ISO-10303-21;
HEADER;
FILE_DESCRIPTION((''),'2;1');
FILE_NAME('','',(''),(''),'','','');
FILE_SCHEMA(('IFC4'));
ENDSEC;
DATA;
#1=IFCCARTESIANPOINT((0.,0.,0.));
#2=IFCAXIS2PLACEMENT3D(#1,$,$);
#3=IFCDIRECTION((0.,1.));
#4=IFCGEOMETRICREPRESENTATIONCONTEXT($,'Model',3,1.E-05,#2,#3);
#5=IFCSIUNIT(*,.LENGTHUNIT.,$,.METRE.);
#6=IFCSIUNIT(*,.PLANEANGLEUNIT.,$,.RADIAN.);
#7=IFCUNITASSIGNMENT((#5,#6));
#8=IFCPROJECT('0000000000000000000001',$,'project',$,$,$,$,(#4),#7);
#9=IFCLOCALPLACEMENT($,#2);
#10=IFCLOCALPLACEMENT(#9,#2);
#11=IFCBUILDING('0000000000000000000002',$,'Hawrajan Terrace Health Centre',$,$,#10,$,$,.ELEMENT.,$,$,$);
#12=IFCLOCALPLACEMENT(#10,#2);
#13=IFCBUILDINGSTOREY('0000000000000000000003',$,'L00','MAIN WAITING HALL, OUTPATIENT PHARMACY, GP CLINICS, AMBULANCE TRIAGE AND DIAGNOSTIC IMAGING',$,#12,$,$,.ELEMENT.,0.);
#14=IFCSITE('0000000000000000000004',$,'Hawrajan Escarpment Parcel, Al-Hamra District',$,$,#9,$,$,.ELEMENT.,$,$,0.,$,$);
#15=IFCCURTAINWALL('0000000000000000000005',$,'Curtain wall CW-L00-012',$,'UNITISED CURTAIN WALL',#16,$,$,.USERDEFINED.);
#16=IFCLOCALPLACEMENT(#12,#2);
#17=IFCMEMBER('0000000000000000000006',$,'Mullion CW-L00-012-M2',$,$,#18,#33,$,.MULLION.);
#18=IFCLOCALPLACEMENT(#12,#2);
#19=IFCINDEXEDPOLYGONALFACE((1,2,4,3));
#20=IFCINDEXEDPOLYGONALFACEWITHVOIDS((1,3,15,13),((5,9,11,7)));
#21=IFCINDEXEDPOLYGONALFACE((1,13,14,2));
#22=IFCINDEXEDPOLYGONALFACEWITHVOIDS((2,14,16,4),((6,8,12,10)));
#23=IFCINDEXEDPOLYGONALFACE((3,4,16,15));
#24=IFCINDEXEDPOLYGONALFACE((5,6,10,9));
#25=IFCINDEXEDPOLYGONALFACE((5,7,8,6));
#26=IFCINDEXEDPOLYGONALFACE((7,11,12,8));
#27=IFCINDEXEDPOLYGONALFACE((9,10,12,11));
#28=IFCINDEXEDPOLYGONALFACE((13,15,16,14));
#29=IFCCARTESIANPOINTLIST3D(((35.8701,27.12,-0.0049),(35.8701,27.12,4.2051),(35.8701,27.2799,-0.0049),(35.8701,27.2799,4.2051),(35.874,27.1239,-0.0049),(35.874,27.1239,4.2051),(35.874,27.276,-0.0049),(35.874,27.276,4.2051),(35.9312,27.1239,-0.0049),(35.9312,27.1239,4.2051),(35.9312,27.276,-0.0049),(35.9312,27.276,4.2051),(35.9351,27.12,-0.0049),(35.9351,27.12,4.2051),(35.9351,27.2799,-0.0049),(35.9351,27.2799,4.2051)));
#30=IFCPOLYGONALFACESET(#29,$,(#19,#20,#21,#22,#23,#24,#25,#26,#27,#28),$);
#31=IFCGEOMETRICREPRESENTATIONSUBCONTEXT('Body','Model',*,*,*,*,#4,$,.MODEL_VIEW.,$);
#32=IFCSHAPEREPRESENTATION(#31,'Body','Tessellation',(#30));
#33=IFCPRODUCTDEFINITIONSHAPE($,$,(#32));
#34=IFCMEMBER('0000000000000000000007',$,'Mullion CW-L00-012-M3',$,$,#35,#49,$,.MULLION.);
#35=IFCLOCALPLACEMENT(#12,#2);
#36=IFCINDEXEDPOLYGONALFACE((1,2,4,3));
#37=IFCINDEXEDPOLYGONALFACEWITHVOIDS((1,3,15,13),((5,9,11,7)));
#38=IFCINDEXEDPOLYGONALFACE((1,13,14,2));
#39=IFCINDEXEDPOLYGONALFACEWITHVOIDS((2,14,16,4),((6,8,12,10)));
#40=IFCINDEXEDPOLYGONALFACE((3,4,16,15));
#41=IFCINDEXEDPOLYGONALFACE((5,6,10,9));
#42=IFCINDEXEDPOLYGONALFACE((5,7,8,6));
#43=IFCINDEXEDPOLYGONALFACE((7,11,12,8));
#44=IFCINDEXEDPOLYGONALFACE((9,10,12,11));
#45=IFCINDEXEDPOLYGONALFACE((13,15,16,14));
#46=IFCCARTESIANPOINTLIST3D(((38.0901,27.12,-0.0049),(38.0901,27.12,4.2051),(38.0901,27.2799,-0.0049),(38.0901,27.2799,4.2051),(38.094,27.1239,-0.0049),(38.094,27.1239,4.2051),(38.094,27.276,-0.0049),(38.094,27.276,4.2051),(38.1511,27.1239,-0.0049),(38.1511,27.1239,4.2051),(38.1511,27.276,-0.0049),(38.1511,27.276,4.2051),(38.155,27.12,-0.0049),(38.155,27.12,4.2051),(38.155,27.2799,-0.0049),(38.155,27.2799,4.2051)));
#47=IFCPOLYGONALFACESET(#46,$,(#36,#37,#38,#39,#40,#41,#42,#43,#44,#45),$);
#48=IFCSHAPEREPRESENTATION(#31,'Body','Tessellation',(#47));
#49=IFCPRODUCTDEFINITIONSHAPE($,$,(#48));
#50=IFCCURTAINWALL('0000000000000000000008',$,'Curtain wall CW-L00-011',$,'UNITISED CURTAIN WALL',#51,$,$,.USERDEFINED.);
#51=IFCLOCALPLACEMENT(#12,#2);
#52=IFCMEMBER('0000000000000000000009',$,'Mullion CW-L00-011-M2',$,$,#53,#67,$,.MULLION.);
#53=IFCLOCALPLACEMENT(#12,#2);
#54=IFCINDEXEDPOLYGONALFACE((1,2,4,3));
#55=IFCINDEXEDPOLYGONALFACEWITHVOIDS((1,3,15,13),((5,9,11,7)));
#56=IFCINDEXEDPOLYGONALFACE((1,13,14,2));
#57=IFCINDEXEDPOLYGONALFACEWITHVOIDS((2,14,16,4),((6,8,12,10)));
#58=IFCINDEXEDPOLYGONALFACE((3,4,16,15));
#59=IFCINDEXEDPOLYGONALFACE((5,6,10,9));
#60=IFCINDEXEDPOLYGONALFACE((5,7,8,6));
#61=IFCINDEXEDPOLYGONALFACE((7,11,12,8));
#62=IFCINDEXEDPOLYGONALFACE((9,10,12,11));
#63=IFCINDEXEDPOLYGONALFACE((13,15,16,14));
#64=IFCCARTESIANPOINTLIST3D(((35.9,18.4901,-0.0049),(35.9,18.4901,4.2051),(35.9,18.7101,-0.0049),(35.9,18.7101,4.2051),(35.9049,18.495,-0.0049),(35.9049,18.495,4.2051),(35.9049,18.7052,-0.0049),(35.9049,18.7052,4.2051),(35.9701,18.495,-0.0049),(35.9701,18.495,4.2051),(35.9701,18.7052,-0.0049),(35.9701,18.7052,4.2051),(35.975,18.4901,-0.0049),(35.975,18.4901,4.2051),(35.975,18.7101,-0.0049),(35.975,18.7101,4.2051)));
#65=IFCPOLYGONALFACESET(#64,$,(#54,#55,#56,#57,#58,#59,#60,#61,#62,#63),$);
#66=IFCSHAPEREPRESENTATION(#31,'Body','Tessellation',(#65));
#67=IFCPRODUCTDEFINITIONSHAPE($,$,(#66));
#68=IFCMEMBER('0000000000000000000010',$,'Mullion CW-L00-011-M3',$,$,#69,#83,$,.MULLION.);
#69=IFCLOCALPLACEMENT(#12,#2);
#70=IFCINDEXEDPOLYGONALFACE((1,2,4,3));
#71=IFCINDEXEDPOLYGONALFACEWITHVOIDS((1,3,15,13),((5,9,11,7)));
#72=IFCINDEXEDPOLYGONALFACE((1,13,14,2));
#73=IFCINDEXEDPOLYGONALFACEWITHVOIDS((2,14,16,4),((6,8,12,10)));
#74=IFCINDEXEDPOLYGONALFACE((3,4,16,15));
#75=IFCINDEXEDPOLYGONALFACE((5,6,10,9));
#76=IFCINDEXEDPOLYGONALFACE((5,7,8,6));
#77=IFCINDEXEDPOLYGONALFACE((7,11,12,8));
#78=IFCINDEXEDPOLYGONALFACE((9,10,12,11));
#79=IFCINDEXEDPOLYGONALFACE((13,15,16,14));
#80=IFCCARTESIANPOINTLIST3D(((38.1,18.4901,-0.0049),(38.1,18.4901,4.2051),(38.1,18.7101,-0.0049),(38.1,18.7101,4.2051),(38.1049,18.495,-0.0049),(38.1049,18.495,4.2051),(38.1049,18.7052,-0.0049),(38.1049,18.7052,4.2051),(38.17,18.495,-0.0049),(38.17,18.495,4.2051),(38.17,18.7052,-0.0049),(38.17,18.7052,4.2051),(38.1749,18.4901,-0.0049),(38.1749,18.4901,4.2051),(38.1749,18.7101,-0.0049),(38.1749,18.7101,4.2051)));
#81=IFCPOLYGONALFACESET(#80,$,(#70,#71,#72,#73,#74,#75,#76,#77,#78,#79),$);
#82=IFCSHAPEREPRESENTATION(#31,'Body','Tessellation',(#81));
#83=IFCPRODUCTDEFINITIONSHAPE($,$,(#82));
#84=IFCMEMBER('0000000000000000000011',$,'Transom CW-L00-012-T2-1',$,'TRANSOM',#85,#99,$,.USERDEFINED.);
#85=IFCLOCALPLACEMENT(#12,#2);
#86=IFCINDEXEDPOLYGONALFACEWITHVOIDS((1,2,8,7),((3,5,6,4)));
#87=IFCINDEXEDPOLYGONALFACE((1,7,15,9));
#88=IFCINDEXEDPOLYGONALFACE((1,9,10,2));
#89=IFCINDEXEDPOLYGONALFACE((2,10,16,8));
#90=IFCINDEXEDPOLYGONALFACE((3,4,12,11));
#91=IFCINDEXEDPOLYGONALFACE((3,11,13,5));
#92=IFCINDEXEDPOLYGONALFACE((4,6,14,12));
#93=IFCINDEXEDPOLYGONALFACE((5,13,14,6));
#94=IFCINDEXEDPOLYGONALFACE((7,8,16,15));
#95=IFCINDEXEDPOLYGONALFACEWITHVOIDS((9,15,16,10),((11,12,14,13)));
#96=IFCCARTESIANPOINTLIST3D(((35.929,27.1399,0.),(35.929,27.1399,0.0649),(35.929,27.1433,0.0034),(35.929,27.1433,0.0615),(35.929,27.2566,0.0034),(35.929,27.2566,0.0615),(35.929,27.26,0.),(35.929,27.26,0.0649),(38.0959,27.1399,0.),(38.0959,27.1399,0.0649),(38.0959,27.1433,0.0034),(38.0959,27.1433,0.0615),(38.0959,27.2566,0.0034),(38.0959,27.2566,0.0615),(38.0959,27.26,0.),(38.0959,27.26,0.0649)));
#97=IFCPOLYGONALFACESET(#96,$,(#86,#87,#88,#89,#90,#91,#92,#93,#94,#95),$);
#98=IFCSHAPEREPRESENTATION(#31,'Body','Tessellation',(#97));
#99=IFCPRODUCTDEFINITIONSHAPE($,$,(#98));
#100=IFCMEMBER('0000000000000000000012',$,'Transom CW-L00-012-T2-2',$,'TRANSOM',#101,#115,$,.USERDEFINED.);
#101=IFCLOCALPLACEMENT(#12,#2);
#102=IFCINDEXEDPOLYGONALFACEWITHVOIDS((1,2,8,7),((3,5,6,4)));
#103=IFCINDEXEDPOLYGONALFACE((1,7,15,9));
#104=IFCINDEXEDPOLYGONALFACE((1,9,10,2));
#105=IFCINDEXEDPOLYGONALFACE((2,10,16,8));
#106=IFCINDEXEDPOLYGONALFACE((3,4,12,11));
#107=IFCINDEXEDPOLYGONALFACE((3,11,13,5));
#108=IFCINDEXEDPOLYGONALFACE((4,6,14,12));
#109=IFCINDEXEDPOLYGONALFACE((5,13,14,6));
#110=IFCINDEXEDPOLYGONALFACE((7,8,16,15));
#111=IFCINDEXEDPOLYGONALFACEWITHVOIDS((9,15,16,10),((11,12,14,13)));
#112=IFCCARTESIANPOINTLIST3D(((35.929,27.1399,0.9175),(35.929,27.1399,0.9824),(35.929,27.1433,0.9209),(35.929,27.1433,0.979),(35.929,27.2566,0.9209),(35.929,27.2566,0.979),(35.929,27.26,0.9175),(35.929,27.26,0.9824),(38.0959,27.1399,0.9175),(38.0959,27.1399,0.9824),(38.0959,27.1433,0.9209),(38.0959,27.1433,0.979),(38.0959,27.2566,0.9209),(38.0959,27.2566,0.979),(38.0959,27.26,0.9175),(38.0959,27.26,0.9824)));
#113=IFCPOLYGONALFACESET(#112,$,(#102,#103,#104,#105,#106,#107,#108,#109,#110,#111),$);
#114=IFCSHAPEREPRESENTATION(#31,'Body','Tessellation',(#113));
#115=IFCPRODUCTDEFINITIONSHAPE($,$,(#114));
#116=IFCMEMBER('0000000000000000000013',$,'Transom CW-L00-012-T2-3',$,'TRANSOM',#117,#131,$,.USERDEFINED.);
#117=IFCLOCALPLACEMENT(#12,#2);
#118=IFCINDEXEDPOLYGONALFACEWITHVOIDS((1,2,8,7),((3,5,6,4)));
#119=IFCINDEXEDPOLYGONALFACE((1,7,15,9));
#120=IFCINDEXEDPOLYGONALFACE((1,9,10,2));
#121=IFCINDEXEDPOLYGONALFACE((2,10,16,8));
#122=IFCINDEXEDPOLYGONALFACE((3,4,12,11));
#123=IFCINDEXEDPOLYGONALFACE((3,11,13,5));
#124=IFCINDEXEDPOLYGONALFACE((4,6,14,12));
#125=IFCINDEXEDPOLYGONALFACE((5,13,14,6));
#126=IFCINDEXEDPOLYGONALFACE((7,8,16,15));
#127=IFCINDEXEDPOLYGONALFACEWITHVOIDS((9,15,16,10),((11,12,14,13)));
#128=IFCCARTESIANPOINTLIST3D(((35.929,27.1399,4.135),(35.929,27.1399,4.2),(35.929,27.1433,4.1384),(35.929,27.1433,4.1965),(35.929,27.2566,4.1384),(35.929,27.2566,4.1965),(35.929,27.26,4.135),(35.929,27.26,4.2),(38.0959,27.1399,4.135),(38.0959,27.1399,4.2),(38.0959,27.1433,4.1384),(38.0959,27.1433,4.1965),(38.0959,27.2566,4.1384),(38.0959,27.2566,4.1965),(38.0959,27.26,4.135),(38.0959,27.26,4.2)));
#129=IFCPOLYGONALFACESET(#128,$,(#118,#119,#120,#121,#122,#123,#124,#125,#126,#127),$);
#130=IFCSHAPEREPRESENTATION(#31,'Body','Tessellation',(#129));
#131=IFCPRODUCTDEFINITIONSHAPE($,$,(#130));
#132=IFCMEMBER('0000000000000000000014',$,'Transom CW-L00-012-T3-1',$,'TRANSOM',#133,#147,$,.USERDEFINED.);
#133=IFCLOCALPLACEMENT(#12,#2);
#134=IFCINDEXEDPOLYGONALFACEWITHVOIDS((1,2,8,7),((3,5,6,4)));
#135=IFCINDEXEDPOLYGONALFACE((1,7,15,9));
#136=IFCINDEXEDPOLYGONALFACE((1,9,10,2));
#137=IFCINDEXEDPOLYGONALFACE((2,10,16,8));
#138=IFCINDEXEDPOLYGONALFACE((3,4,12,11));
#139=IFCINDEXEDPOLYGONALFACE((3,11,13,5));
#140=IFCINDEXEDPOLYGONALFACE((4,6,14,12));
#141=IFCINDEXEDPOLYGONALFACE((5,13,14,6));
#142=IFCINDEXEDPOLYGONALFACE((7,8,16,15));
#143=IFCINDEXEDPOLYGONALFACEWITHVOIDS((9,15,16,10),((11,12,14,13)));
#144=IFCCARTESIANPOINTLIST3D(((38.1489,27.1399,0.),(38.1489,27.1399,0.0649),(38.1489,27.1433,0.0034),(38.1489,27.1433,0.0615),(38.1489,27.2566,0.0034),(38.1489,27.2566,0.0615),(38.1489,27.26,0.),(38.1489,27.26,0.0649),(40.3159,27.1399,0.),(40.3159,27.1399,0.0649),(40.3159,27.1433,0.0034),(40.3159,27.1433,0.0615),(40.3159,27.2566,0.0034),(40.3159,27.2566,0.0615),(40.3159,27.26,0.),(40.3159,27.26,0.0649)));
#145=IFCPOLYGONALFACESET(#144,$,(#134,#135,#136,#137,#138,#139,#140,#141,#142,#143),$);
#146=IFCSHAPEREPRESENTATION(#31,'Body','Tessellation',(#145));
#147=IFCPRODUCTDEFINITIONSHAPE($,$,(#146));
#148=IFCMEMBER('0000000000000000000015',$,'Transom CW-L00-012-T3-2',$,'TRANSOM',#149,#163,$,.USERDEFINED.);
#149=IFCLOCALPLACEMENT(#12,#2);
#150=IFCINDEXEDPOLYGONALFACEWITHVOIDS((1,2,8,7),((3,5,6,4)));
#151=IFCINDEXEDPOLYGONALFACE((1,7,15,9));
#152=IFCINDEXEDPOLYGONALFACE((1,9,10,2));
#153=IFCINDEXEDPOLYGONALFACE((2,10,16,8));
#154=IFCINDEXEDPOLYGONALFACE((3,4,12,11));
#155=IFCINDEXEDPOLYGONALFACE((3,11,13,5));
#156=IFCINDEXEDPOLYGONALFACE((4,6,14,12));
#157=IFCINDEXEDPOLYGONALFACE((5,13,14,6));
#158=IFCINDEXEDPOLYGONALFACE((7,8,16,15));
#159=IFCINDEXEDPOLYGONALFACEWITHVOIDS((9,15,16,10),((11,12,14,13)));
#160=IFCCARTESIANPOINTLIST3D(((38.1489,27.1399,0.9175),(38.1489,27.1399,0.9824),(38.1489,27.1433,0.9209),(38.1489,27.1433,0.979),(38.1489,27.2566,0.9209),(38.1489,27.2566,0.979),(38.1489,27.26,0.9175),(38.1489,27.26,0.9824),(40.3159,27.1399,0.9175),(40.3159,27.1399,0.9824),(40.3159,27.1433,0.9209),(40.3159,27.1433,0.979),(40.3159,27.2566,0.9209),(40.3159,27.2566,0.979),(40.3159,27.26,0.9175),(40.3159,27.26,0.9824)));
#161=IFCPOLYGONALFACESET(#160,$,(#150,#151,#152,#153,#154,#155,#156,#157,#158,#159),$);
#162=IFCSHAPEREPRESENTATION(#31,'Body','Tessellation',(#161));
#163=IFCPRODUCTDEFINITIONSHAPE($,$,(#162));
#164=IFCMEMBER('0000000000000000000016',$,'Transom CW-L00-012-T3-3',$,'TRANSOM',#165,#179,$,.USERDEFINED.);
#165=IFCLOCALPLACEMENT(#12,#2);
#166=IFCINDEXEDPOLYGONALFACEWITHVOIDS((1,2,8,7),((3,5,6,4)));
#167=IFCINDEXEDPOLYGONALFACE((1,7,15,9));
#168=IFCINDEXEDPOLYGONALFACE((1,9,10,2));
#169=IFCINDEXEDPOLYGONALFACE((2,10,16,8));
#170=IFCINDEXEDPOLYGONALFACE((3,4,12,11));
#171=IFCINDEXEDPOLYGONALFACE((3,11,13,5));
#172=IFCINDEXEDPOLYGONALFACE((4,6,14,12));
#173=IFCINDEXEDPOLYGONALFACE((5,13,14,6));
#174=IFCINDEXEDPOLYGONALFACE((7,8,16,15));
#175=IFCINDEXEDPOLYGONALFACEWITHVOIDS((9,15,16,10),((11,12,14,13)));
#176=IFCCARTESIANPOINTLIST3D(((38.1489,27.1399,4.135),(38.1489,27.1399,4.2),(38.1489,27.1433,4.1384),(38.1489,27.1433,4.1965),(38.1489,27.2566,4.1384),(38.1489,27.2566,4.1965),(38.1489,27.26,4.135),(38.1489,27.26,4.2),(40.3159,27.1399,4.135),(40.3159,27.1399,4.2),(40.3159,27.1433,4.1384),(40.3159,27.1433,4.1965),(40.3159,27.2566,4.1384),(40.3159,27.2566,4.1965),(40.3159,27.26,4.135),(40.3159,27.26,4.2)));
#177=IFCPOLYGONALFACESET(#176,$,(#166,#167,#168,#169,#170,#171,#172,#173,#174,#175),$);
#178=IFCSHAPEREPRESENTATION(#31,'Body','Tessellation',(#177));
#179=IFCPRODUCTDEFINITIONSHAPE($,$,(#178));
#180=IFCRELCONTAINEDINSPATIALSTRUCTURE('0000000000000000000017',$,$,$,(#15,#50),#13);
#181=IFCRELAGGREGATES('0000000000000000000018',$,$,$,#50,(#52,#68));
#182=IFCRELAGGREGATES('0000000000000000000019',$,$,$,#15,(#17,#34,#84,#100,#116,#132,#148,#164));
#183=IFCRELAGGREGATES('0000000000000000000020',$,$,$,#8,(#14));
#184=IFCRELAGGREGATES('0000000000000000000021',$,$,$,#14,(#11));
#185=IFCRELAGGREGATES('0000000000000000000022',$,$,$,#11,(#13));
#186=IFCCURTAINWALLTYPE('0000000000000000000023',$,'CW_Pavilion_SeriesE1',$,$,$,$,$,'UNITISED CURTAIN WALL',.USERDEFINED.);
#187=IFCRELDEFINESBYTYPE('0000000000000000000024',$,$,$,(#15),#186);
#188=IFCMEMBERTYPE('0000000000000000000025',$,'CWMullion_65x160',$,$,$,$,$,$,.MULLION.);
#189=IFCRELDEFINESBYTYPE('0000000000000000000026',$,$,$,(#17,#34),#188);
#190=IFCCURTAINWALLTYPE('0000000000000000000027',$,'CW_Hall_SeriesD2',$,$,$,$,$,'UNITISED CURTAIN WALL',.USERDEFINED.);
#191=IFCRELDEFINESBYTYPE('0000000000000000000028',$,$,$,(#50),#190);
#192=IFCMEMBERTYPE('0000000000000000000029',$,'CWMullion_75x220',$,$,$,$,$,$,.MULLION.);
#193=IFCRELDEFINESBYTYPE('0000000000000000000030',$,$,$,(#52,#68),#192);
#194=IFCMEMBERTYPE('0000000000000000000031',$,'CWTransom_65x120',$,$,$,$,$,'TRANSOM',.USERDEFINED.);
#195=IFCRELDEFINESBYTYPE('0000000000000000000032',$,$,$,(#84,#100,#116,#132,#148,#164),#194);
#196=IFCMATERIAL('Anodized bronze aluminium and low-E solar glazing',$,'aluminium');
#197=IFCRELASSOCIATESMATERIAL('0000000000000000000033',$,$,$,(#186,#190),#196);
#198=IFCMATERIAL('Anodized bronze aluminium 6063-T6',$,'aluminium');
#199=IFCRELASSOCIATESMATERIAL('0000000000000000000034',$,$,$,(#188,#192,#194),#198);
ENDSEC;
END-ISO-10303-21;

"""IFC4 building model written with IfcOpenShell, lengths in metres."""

from ifc_helpers import new_model, si_unit, direction, frame, origin, origin_2d, place, context, subcontext, project, spatial, hollow_rectangle, extrude, material, material_profile, profile_set, type_object, element, aggregate, save


model = new_model("IFC4")

# Units and contexts
model_context = context("Model", 3, precision=1e-05, world=origin(), true_north=direction((0.0, 1.0)))
body_context = subcontext(model_context, "Body", "Model", "MODEL_VIEW")
ifc_project = project(units=[si_unit("LENGTHUNIT", "METRE"), si_unit("PLANEANGLEUNIT", "RADIAN")], contexts=[model_context])

# Site, building, storey
site_placement = place(None, origin())
site = spatial("IfcSite", under=ifc_project, at=site_placement, Name="Hawrajan Escarpment Parcel, Al-Hamra District", CompositionType="ELEMENT", RefElevation=0.0)
building_placement = place(site_placement, origin())
building = spatial("IfcBuilding", under=site, at=building_placement, Name="Hawrajan Terrace Health Centre", CompositionType="ELEMENT")
storey_placement = place(building_placement, origin())
storey = spatial("IfcBuildingStorey", under=building, at=storey_placement, Name="L00", Description="MAIN WAITING HALL, OUTPATIENT PHARMACY, GP CLINICS, AMBULANCE TRIAGE AND DIAGNOSTIC IMAGING", CompositionType="ELEMENT", Elevation=0.0)

# Curtain walls, members
ifc_material_1 = material(Name="Anodized bronze aluminium and low-E solar glazing", Category="aluminium")
curtain_wall_type_1 = type_object("IfcCurtainWallType", Name="CW_Pavilion_SeriesE1", ElementType="UNITISED CURTAIN WALL", PredefinedType="USERDEFINED", material=ifc_material_1)
curtain_wall_1_placement = place(storey_placement, origin())
curtain_wall_1 = element("IfcCurtainWall", 1, at=curtain_wall_1_placement, inside=storey, type_object=curtain_wall_type_1, Name="Curtain wall CW-L00-012", ObjectType="UNITISED CURTAIN WALL", PredefinedType="USERDEFINED")
ifc_material_2 = material(Name="Anodized bronze aluminium 6063-T6", Category="aluminium")
ifc_material_profile_1 = material_profile(ifc_material_2, hollow_rectangle(XDim=0.0649, YDim=0.1599, WallThickness=0.0039, at=origin_2d()), Name="CW MUL 65x160")
ifc_profile_set_1 = profile_set([ifc_material_profile_1], Name="Anodized bronze aluminium 6063-T6")
member_type_1 = type_object("IfcMemberType", Name="CWMullion_65x160", PredefinedType="MULLION", material=ifc_profile_set_1)
member_1_placement = place(storey_placement, frame((35.9026, 27.2, -0.0049), z_axis=(0.0, 0.0, 1.0), x_axis=(1.0, 0.0, 0.0)))
member_1 = element("IfcMember", 2, at=member_1_placement, type_object=member_type_1, Name="Mullion CW-L00-012-M2", PredefinedType="MULLION", context=body_context, shape_type="SweptSolid", body=[
    extrude(hollow_rectangle(XDim=0.0649, YDim=0.1599, WallThickness=0.0039, at=origin_2d()), origin(), (0.0, 0.0, 1.0), 4.21),
])
member_2_placement = place(storey_placement, frame((38.1226, 27.2, -0.0049), z_axis=(0.0, 0.0, 1.0), x_axis=(1.0, 0.0, 0.0)))
member_2 = element("IfcMember", 3, at=member_2_placement, type_object=member_type_1, Name="Mullion CW-L00-012-M3", PredefinedType="MULLION", context=body_context, shape_type="SweptSolid", body=[
    extrude(hollow_rectangle(XDim=0.0649, YDim=0.1599, WallThickness=0.0039, at=origin_2d()), origin(), (0.0, 0.0, 1.0), 4.21),
])
curtain_wall_type_2 = type_object("IfcCurtainWallType", Name="CW_Hall_SeriesD2", ElementType="UNITISED CURTAIN WALL", PredefinedType="USERDEFINED", material=ifc_material_1)
curtain_wall_2_placement = place(storey_placement, origin())
curtain_wall_2 = element("IfcCurtainWall", 4, at=curtain_wall_2_placement, inside=storey, type_object=curtain_wall_type_2, Name="Curtain wall CW-L00-011", ObjectType="UNITISED CURTAIN WALL", PredefinedType="USERDEFINED")
ifc_material_profile_2 = material_profile(ifc_material_2, hollow_rectangle(XDim=0.075, YDim=0.22, WallThickness=0.0049, at=origin_2d()), Name="CW MUL 75x220")
ifc_profile_set_2 = profile_set([ifc_material_profile_2], Name="Anodized bronze aluminium 6063-T6")
member_type_2 = type_object("IfcMemberType", Name="CWMullion_75x220", PredefinedType="MULLION", material=ifc_profile_set_2)
member_3_placement = place(storey_placement, frame((35.9375, 18.6001, -0.0049), z_axis=(0.0, 0.0, 1.0), x_axis=(1.0, 0.0, 0.0)))
member_3 = element("IfcMember", 5, at=member_3_placement, type_object=member_type_2, Name="Mullion CW-L00-011-M2", PredefinedType="MULLION", context=body_context, shape_type="SweptSolid", body=[
    extrude(hollow_rectangle(XDim=0.075, YDim=0.22, WallThickness=0.0049, at=origin_2d()), origin(), (0.0, 0.0, 1.0), 4.21),
])
member_4_placement = place(storey_placement, frame((38.1375, 18.6001, -0.0049), z_axis=(0.0, 0.0, 1.0), x_axis=(1.0, 0.0, 0.0)))
member_4 = element("IfcMember", 6, at=member_4_placement, type_object=member_type_2, Name="Mullion CW-L00-011-M3", PredefinedType="MULLION", context=body_context, shape_type="SweptSolid", body=[
    extrude(hollow_rectangle(XDim=0.075, YDim=0.22, WallThickness=0.0049, at=origin_2d()), origin(), (0.0, 0.0, 1.0), 4.21),
])

# Members
ifc_material_profile_3 = material_profile(ifc_material_2, hollow_rectangle(XDim=0.0649, YDim=0.1201, WallThickness=0.0034, at=origin_2d()), Name="CW TRN 65x120")
ifc_profile_set_3 = profile_set([ifc_material_profile_3], Name="Anodized bronze aluminium 6063-T6")
member_type_3 = type_object("IfcMemberType", Name="CWTransom_65x120", ElementType="TRANSOM", PredefinedType="USERDEFINED", material=ifc_profile_set_3)
member_5_placement = place(storey_placement, frame((35.929, 27.2, 0.0325), z_axis=(1.0, 0.0, 0.0), x_axis=(0.0, 0.0, 1.0)))
member_5 = element("IfcMember", 7, at=member_5_placement, type_object=member_type_3, Name="Transom CW-L00-012-T2-1", ObjectType="TRANSOM", PredefinedType="USERDEFINED", context=body_context, shape_type="SweptSolid", body=[
    extrude(hollow_rectangle(XDim=0.0649, YDim=0.1201, WallThickness=0.0034, at=origin_2d()), origin(), (0.0, 0.0, 1.0), 2.167),
])
member_6_placement = place(storey_placement, frame((35.929, 27.2, 0.95), z_axis=(1.0, 0.0, 0.0), x_axis=(0.0, 0.0, 1.0)))
member_6 = element("IfcMember", 8, at=member_6_placement, type_object=member_type_3, Name="Transom CW-L00-012-T2-2", ObjectType="TRANSOM", PredefinedType="USERDEFINED", context=body_context, shape_type="SweptSolid", body=[
    extrude(hollow_rectangle(XDim=0.0649, YDim=0.1201, WallThickness=0.0034, at=origin_2d()), origin(), (0.0, 0.0, 1.0), 2.167),
])
member_7_placement = place(storey_placement, frame((35.929, 27.2, 4.1675), z_axis=(1.0, 0.0, 0.0), x_axis=(0.0, 0.0, 1.0)))
member_7 = element("IfcMember", 9, at=member_7_placement, type_object=member_type_3, Name="Transom CW-L00-012-T2-3", ObjectType="TRANSOM", PredefinedType="USERDEFINED", context=body_context, shape_type="SweptSolid", body=[
    extrude(hollow_rectangle(XDim=0.0649, YDim=0.1201, WallThickness=0.0034, at=origin_2d()), origin(), (0.0, 0.0, 1.0), 2.167),
])
member_8_placement = place(storey_placement, frame((38.1489, 27.2, 0.0325), z_axis=(1.0, 0.0, 0.0), x_axis=(0.0, 0.0, 1.0)))
member_8 = element("IfcMember", 10, at=member_8_placement, type_object=member_type_3, Name="Transom CW-L00-012-T3-1", ObjectType="TRANSOM", PredefinedType="USERDEFINED", context=body_context, shape_type="SweptSolid", body=[
    extrude(hollow_rectangle(XDim=0.0649, YDim=0.1201, WallThickness=0.0034, at=origin_2d()), origin(), (0.0, 0.0, 1.0), 2.167),
])
member_9_placement = place(storey_placement, frame((38.1489, 27.2, 0.95), z_axis=(1.0, 0.0, 0.0), x_axis=(0.0, 0.0, 1.0)))
member_9 = element("IfcMember", 11, at=member_9_placement, type_object=member_type_3, Name="Transom CW-L00-012-T3-2", ObjectType="TRANSOM", PredefinedType="USERDEFINED", context=body_context, shape_type="SweptSolid", body=[
    extrude(hollow_rectangle(XDim=0.0649, YDim=0.1201, WallThickness=0.0034, at=origin_2d()), origin(), (0.0, 0.0, 1.0), 2.167),
])
member_10_placement = place(storey_placement, frame((38.1489, 27.2, 4.1675), z_axis=(1.0, 0.0, 0.0), x_axis=(0.0, 0.0, 1.0)))
member_10 = element("IfcMember", 12, at=member_10_placement, type_object=member_type_3, Name="Transom CW-L00-012-T3-3", ObjectType="TRANSOM", PredefinedType="USERDEFINED", context=body_context, shape_type="SweptSolid", body=[
    extrude(hollow_rectangle(XDim=0.0649, YDim=0.1201, WallThickness=0.0034, at=origin_2d()), origin(), (0.0, 0.0, 1.0), 2.167),
])

aggregate(curtain_wall_2, [member_3, member_4])
aggregate(curtain_wall_1, [member_1, member_2, member_5, member_6, member_7, member_8, member_9, member_10])

save(model, "model.ifc")
